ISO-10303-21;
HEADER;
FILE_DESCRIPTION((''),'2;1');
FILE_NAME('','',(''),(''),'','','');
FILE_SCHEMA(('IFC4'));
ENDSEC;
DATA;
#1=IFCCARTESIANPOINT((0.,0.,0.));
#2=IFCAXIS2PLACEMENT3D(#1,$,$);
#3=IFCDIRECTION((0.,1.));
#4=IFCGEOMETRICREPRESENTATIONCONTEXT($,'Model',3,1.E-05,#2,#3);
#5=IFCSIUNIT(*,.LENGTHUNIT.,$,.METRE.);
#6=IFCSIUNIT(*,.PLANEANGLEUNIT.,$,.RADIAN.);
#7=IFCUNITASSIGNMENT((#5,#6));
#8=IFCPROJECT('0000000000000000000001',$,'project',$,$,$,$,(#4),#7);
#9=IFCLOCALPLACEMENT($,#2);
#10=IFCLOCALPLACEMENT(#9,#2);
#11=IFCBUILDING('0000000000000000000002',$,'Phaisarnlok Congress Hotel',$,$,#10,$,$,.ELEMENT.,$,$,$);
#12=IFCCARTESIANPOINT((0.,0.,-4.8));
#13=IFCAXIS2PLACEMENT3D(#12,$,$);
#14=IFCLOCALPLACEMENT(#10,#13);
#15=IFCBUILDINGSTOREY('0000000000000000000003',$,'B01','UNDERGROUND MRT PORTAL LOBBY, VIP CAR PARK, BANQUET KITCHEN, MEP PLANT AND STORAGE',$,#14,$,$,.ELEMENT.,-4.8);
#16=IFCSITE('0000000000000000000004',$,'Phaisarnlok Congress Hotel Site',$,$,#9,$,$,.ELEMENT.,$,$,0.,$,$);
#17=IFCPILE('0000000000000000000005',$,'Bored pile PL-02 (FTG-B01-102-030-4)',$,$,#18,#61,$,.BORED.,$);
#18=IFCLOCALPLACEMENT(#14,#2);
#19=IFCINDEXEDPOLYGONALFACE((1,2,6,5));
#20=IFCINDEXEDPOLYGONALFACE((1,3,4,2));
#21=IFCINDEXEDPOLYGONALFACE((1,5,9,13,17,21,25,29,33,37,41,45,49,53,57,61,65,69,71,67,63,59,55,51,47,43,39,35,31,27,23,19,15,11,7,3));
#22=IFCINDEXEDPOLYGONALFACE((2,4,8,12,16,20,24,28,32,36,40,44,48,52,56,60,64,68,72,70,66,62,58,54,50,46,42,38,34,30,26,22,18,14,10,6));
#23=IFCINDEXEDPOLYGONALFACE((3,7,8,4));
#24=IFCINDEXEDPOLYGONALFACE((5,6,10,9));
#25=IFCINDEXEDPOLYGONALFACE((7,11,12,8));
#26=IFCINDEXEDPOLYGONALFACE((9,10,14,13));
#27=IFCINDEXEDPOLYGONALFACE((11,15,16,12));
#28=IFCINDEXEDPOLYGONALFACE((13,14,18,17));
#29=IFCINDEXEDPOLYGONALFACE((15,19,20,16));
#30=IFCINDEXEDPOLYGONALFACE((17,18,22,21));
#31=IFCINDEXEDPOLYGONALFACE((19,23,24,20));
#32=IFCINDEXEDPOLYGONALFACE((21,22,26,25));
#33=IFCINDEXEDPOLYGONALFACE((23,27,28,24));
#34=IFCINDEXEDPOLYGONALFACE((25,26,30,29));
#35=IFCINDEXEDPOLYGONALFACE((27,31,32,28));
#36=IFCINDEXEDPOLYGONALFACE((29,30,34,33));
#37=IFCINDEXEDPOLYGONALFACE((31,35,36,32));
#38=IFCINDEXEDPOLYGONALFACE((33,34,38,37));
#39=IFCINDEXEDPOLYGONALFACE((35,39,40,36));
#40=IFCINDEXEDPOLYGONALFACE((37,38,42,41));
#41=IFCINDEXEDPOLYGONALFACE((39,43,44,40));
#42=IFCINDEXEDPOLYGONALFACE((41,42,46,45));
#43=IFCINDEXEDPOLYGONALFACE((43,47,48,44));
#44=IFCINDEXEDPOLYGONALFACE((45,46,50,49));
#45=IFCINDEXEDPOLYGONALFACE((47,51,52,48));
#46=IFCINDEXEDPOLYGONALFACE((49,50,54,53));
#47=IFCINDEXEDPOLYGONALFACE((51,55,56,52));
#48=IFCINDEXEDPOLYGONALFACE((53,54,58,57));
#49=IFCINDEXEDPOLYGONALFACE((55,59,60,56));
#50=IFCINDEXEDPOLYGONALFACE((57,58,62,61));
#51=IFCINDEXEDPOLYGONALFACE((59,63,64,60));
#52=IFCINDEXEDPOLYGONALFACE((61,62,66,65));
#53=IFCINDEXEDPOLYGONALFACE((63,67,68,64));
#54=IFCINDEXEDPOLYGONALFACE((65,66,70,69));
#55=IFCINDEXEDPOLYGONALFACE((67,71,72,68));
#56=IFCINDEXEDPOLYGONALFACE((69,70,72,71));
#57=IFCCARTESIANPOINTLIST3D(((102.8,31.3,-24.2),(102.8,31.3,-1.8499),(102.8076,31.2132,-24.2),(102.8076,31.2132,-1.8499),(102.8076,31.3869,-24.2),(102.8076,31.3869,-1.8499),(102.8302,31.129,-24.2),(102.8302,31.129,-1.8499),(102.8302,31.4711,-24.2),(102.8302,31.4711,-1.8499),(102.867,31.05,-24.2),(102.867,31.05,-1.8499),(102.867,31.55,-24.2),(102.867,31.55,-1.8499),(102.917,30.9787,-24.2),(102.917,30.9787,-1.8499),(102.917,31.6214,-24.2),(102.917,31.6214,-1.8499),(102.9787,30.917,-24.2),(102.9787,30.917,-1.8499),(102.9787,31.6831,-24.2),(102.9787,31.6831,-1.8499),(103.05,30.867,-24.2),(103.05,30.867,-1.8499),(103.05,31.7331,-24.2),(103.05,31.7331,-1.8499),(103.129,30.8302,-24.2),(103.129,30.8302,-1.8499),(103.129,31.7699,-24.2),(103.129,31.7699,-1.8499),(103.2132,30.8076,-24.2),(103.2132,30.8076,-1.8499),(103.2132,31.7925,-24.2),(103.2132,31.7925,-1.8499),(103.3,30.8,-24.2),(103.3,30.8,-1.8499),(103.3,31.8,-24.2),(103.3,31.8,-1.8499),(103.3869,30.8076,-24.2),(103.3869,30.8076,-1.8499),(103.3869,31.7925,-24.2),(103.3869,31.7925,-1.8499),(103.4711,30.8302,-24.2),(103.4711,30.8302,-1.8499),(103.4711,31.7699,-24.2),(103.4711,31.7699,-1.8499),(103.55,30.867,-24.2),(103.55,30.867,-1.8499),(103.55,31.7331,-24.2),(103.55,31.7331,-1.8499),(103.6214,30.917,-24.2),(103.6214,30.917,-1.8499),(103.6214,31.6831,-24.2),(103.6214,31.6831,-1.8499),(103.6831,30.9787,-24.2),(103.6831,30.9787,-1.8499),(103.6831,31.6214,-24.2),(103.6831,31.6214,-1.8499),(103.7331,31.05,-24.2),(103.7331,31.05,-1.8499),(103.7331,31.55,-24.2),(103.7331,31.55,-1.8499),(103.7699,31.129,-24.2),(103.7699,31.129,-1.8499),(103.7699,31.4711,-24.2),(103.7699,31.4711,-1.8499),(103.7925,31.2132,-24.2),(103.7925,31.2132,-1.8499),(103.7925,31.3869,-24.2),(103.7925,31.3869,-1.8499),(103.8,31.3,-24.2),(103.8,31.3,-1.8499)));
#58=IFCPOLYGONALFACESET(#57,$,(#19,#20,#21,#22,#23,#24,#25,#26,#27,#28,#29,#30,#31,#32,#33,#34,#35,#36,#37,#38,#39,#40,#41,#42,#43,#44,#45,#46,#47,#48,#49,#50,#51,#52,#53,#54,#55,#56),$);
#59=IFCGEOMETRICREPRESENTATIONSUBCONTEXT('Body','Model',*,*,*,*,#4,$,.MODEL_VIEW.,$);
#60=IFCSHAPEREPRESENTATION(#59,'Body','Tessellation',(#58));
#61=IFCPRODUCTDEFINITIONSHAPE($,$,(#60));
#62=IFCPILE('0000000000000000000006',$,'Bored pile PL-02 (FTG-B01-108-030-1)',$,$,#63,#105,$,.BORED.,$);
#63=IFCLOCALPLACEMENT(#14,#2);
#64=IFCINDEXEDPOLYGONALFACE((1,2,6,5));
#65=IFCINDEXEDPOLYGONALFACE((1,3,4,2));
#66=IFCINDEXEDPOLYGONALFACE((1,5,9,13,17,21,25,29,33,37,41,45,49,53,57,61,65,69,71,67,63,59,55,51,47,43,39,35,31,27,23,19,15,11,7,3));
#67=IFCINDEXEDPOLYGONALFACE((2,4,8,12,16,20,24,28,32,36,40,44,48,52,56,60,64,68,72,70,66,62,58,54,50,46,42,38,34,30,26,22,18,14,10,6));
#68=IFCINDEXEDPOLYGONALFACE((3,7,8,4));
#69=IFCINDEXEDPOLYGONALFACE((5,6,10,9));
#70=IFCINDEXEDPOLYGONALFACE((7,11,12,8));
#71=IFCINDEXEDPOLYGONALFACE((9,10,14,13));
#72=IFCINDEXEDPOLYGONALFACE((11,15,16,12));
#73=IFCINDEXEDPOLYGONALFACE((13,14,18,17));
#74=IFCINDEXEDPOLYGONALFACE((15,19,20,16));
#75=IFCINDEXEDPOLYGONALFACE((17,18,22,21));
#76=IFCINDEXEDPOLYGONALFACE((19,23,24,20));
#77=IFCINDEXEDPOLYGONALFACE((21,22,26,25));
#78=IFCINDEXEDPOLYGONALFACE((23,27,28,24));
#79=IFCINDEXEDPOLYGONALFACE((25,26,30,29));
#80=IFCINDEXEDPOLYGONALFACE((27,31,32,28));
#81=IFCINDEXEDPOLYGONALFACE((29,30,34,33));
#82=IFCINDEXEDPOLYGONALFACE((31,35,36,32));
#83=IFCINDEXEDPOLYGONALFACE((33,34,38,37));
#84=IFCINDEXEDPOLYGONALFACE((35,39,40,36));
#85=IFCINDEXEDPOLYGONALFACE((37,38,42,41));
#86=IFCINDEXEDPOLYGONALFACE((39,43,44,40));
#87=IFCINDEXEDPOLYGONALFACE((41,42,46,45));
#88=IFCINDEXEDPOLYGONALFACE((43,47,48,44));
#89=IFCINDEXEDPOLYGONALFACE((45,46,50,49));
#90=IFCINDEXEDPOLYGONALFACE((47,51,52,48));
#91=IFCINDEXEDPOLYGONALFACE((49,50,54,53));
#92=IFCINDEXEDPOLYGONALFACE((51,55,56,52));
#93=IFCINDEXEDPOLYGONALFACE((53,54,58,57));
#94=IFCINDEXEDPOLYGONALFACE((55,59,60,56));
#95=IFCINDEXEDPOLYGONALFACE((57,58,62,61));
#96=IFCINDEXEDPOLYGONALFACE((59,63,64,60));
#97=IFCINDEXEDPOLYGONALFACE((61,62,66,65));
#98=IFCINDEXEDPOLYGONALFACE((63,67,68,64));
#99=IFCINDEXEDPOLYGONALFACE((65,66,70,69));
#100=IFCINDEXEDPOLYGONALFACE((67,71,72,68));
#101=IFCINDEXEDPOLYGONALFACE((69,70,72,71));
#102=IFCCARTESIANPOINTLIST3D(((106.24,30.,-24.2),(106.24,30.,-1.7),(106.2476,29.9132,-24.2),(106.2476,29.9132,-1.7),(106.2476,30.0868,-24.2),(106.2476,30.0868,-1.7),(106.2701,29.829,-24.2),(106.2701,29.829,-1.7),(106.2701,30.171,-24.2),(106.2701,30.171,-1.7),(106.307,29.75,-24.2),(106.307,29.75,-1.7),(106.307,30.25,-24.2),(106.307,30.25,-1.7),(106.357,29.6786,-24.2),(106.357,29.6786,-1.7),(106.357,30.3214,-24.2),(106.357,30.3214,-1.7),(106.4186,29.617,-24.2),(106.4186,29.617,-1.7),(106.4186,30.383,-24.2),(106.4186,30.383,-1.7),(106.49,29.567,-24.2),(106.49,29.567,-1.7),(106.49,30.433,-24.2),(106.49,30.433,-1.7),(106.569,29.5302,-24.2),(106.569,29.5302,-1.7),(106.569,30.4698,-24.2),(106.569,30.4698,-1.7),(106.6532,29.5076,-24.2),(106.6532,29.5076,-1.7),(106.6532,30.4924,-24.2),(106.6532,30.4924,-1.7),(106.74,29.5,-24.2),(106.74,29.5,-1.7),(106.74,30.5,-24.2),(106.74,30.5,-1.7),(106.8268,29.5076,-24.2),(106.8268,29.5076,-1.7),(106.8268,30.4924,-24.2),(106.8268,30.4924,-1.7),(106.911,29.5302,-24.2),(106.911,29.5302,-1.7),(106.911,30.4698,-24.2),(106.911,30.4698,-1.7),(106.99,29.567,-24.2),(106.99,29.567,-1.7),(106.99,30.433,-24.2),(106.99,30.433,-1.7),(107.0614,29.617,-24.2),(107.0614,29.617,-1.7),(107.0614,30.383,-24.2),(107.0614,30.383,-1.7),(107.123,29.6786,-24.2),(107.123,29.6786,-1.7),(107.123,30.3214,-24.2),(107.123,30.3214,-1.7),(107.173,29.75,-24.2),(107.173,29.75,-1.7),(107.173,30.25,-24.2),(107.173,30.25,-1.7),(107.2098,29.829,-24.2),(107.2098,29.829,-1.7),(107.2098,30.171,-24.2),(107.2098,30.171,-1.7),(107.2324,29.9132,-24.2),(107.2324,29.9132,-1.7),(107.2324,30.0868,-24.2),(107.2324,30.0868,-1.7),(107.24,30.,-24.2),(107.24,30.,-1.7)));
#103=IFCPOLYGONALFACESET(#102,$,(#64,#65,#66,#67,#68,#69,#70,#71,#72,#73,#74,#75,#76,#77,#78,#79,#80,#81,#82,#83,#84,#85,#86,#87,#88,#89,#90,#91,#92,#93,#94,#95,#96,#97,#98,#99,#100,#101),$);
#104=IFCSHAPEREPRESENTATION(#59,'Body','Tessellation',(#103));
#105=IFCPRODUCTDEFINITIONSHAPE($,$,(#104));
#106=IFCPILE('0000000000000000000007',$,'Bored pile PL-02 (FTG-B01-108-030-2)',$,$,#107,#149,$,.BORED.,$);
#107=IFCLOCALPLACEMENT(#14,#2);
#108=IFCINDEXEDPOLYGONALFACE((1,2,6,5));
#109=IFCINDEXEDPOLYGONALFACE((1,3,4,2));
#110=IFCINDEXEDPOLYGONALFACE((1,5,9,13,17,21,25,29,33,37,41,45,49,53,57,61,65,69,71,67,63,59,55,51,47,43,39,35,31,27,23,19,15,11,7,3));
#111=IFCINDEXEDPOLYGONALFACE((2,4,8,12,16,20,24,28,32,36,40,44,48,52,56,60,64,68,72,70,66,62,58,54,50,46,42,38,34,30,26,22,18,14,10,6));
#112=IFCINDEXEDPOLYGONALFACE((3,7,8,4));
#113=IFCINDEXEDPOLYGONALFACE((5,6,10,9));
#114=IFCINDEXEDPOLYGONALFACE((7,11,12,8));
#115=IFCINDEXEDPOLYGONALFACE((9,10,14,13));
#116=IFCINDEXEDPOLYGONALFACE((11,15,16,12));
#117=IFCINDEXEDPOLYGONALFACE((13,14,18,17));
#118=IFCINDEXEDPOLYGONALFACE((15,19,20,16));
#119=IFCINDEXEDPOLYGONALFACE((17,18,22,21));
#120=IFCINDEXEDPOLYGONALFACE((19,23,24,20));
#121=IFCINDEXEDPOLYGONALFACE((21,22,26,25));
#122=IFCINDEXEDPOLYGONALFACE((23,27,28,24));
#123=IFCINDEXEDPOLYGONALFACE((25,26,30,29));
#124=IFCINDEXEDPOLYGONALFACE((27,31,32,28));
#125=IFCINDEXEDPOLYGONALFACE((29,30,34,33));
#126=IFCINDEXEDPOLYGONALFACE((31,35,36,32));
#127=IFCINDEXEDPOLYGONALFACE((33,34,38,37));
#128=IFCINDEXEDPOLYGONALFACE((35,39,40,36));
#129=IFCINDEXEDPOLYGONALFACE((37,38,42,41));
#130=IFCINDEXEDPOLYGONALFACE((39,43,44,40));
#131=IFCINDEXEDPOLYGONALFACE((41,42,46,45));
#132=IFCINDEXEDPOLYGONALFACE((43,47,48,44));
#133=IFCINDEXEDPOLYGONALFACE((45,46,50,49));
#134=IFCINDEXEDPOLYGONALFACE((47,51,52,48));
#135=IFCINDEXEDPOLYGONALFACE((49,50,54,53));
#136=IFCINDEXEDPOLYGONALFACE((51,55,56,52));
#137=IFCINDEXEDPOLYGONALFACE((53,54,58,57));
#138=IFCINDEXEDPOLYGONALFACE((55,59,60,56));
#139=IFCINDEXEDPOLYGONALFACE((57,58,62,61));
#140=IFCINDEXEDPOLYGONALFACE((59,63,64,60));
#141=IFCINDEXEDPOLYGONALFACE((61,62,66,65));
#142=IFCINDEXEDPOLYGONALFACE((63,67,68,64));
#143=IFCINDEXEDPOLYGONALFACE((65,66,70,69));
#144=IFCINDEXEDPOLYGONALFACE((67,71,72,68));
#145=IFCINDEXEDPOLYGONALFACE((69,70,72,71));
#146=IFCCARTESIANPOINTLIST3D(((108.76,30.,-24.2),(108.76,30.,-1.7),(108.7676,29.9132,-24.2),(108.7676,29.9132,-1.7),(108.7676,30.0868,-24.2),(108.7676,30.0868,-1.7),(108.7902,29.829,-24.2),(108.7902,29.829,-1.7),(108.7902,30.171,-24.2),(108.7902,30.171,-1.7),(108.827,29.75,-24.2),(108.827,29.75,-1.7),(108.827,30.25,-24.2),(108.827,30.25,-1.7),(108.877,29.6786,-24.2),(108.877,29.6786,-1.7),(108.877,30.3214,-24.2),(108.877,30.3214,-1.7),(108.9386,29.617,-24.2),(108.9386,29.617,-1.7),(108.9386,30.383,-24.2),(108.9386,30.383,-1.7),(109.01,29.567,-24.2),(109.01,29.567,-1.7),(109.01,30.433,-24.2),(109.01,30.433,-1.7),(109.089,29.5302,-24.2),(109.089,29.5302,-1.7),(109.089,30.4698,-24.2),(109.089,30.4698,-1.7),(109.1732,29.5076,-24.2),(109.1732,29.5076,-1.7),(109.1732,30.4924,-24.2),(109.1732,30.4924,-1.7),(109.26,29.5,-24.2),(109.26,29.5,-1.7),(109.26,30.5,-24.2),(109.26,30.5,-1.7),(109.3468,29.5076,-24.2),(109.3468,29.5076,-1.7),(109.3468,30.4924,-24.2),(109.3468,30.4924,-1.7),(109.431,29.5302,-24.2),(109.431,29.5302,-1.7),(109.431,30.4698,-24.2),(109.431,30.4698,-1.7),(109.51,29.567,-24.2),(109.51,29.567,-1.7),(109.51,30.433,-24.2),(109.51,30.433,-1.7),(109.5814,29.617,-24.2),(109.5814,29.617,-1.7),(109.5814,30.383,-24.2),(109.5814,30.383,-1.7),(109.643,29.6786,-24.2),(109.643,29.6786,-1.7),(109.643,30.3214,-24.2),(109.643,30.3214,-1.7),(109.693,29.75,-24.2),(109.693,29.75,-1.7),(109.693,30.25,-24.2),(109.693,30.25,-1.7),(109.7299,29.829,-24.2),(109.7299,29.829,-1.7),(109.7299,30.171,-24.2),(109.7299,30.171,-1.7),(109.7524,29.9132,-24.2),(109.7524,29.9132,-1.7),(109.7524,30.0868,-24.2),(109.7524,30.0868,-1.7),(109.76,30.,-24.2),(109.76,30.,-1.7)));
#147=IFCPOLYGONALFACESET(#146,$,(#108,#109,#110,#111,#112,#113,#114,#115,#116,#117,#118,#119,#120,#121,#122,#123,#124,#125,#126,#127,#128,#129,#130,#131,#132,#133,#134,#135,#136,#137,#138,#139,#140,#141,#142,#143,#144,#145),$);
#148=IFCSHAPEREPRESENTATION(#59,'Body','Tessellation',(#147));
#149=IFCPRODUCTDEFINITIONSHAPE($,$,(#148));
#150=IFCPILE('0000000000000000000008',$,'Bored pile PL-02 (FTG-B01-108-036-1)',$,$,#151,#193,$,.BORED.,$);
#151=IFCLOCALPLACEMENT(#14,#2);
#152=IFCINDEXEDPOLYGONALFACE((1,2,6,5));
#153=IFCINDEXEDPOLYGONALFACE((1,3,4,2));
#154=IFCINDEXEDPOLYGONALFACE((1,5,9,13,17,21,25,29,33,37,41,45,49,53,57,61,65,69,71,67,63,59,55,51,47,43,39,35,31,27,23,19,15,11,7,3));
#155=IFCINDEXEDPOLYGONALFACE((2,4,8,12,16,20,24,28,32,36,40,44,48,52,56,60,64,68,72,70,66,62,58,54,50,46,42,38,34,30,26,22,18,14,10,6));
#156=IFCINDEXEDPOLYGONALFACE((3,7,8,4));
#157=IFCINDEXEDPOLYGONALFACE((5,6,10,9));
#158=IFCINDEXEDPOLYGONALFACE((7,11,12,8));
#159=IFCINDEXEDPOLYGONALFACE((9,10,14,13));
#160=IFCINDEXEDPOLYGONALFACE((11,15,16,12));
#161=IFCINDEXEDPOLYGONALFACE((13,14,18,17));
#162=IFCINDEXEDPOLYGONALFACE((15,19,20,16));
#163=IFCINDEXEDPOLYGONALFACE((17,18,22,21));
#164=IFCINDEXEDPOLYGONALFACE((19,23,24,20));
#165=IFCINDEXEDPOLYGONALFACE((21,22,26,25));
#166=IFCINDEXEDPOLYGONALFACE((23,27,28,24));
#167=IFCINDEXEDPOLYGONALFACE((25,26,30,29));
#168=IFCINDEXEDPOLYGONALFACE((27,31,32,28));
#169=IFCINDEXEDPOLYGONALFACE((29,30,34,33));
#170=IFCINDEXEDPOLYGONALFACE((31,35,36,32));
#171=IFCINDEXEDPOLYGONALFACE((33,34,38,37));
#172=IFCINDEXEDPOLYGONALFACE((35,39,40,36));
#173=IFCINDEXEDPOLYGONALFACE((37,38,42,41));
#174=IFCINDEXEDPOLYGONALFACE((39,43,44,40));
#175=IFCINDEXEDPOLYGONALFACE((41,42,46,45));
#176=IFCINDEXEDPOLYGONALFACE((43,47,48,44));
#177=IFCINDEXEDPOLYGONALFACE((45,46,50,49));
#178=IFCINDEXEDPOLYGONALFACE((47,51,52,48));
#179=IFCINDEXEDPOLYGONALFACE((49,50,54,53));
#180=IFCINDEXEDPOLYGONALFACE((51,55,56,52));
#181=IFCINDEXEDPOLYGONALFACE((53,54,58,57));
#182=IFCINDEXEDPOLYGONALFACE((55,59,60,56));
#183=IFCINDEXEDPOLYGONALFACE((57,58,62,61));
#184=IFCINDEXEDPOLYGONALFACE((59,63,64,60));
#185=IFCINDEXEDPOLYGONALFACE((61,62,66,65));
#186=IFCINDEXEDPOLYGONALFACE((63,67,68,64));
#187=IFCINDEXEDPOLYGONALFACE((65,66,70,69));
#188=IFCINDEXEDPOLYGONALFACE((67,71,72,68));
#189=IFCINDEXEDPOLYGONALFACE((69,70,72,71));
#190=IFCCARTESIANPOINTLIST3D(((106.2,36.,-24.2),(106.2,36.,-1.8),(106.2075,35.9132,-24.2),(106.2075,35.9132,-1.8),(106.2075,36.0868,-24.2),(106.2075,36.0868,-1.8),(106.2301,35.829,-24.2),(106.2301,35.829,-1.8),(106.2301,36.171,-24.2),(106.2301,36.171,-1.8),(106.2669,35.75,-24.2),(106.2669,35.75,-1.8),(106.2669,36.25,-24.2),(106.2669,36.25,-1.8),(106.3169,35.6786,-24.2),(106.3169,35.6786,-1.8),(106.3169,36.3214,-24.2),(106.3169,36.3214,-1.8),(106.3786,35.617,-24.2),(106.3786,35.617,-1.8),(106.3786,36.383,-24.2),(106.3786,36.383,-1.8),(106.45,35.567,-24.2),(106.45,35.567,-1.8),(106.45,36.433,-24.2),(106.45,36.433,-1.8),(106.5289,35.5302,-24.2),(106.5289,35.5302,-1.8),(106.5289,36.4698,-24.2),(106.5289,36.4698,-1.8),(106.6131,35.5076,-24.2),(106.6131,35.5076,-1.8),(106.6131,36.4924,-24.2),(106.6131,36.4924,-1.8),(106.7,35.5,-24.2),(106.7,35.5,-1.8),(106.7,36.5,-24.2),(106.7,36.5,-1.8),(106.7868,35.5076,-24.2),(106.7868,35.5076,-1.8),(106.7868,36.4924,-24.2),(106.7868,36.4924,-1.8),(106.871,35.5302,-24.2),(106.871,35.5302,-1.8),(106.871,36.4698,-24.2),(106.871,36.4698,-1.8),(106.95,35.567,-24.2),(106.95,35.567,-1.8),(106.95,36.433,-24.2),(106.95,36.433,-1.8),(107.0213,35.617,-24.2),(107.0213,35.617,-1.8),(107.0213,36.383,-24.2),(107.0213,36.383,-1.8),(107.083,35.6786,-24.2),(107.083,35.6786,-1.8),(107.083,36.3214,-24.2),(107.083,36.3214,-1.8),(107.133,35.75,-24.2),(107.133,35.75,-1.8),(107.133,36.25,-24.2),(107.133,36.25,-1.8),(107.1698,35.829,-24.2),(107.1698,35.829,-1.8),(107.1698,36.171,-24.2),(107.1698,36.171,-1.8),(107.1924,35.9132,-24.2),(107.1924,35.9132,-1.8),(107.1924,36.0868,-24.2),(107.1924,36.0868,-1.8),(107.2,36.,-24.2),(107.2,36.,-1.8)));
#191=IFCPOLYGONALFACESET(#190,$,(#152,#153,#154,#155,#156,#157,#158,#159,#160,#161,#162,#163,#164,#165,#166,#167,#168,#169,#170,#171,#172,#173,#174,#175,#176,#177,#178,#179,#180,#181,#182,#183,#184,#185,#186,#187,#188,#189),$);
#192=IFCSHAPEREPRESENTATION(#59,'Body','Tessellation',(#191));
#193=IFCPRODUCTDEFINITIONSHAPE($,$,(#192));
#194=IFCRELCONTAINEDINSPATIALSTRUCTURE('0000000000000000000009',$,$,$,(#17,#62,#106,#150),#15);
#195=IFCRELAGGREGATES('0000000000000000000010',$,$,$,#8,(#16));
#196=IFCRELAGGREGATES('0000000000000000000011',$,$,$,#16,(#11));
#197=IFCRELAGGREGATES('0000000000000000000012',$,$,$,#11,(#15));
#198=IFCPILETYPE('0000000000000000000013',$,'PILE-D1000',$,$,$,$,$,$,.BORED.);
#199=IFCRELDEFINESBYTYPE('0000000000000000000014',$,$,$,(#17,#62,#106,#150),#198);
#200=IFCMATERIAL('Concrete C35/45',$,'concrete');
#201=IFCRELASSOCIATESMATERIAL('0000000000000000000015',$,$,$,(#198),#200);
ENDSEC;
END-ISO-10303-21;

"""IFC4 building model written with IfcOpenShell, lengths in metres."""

from ifc_helpers import new_model, si_unit, direction, frame, origin, origin_2d, place, context, subcontext, project, spatial, circle, extrude, material, material_profile, profile_set, type_object, element, save


model = new_model("IFC4")

# Units and contexts
model_context = context("Model", 3, precision=1e-05, world=origin(), true_north=direction((0.0, 1.0)))
body_context = subcontext(model_context, "Body", "Model", "MODEL_VIEW")
ifc_project = project(units=[si_unit("LENGTHUNIT", "METRE"), si_unit("PLANEANGLEUNIT", "RADIAN")], contexts=[model_context])

# Site, building, storey
site_placement = place(None, origin())
site = spatial("IfcSite", under=ifc_project, at=site_placement, Name="Phaisarnlok Congress Hotel Site", CompositionType="ELEMENT", RefElevation=0.0)
building_placement = place(site_placement, origin())
building = spatial("IfcBuilding", under=site, at=building_placement, Name="Phaisarnlok Congress Hotel", CompositionType="ELEMENT")
storey_placement = place(building_placement, frame((0.0, 0.0, -4.8)))
storey = spatial("IfcBuildingStorey", under=building, at=storey_placement, Name="B01", Description="UNDERGROUND MRT PORTAL LOBBY, VIP CAR PARK, BANQUET KITCHEN, MEP PLANT AND STORAGE", CompositionType="ELEMENT", Elevation=-4.8)

# Piles
ifc_material_1 = material(Name="Concrete C35/45", Category="concrete")
ifc_material_profile_1 = material_profile(ifc_material_1, circle(Radius=0.5, at=origin_2d()), Name="BORED PILE D1000")
ifc_profile_set_1 = profile_set([ifc_material_profile_1], Name="Concrete C35/45")
pile_type_1 = type_object("IfcPileType", Name="PILE-D1000", PredefinedType="BORED", material=ifc_profile_set_1)
for number, where, z_axis, x_axis, name in (
    (1, (103.3, 31.3, -1.8499), (0.0, 0.0, -1.0), (1.0, 0.0, 0.0), "Bored pile PL-02 (FTG-B01-102-030-4)"),
):
    element("IfcPile", number, at=place(storey_placement, frame(where, z_axis=z_axis, x_axis=x_axis)), inside=storey, type_object=pile_type_1, Name=name, PredefinedType="BORED", context=body_context, shape_type="SweptSolid", body=[
        extrude(circle(Radius=0.5, at=origin_2d()), origin(), (0.0, 0.0, 1.0), 22.3501),
    ])
for number, where, z_axis, x_axis, name in (
    (2, (106.74, 30.0, -1.7), (0.0, 0.0, -1.0), (1.0, 0.0, 0.0), "Bored pile PL-02 (FTG-B01-108-030-1)"),
    (3, (109.26, 30.0, -1.7), (0.0, 0.0, -1.0), (1.0, 0.0, 0.0), "Bored pile PL-02 (FTG-B01-108-030-2)"),
):
    element("IfcPile", number, at=place(storey_placement, frame(where, z_axis=z_axis, x_axis=x_axis)), inside=storey, type_object=pile_type_1, Name=name, PredefinedType="BORED", context=body_context, shape_type="SweptSolid", body=[
        extrude(circle(Radius=0.5, at=origin_2d()), origin(), (0.0, 0.0, 1.0), 22.5),
    ])
for number, where, z_axis, x_axis, name in (
    (4, (106.7, 36.0, -1.8), (0.0, 0.0, -1.0), (1.0, 0.0, 0.0), "Bored pile PL-02 (FTG-B01-108-036-1)"),
):
    element("IfcPile", number, at=place(storey_placement, frame(where, z_axis=z_axis, x_axis=x_axis)), inside=storey, type_object=pile_type_1, Name=name, PredefinedType="BORED", context=body_context, shape_type="SweptSolid", body=[
        extrude(circle(Radius=0.5, at=origin_2d()), origin(), (0.0, 0.0, 1.0), 22.3999),
    ])

save(model, "model.ifc")
